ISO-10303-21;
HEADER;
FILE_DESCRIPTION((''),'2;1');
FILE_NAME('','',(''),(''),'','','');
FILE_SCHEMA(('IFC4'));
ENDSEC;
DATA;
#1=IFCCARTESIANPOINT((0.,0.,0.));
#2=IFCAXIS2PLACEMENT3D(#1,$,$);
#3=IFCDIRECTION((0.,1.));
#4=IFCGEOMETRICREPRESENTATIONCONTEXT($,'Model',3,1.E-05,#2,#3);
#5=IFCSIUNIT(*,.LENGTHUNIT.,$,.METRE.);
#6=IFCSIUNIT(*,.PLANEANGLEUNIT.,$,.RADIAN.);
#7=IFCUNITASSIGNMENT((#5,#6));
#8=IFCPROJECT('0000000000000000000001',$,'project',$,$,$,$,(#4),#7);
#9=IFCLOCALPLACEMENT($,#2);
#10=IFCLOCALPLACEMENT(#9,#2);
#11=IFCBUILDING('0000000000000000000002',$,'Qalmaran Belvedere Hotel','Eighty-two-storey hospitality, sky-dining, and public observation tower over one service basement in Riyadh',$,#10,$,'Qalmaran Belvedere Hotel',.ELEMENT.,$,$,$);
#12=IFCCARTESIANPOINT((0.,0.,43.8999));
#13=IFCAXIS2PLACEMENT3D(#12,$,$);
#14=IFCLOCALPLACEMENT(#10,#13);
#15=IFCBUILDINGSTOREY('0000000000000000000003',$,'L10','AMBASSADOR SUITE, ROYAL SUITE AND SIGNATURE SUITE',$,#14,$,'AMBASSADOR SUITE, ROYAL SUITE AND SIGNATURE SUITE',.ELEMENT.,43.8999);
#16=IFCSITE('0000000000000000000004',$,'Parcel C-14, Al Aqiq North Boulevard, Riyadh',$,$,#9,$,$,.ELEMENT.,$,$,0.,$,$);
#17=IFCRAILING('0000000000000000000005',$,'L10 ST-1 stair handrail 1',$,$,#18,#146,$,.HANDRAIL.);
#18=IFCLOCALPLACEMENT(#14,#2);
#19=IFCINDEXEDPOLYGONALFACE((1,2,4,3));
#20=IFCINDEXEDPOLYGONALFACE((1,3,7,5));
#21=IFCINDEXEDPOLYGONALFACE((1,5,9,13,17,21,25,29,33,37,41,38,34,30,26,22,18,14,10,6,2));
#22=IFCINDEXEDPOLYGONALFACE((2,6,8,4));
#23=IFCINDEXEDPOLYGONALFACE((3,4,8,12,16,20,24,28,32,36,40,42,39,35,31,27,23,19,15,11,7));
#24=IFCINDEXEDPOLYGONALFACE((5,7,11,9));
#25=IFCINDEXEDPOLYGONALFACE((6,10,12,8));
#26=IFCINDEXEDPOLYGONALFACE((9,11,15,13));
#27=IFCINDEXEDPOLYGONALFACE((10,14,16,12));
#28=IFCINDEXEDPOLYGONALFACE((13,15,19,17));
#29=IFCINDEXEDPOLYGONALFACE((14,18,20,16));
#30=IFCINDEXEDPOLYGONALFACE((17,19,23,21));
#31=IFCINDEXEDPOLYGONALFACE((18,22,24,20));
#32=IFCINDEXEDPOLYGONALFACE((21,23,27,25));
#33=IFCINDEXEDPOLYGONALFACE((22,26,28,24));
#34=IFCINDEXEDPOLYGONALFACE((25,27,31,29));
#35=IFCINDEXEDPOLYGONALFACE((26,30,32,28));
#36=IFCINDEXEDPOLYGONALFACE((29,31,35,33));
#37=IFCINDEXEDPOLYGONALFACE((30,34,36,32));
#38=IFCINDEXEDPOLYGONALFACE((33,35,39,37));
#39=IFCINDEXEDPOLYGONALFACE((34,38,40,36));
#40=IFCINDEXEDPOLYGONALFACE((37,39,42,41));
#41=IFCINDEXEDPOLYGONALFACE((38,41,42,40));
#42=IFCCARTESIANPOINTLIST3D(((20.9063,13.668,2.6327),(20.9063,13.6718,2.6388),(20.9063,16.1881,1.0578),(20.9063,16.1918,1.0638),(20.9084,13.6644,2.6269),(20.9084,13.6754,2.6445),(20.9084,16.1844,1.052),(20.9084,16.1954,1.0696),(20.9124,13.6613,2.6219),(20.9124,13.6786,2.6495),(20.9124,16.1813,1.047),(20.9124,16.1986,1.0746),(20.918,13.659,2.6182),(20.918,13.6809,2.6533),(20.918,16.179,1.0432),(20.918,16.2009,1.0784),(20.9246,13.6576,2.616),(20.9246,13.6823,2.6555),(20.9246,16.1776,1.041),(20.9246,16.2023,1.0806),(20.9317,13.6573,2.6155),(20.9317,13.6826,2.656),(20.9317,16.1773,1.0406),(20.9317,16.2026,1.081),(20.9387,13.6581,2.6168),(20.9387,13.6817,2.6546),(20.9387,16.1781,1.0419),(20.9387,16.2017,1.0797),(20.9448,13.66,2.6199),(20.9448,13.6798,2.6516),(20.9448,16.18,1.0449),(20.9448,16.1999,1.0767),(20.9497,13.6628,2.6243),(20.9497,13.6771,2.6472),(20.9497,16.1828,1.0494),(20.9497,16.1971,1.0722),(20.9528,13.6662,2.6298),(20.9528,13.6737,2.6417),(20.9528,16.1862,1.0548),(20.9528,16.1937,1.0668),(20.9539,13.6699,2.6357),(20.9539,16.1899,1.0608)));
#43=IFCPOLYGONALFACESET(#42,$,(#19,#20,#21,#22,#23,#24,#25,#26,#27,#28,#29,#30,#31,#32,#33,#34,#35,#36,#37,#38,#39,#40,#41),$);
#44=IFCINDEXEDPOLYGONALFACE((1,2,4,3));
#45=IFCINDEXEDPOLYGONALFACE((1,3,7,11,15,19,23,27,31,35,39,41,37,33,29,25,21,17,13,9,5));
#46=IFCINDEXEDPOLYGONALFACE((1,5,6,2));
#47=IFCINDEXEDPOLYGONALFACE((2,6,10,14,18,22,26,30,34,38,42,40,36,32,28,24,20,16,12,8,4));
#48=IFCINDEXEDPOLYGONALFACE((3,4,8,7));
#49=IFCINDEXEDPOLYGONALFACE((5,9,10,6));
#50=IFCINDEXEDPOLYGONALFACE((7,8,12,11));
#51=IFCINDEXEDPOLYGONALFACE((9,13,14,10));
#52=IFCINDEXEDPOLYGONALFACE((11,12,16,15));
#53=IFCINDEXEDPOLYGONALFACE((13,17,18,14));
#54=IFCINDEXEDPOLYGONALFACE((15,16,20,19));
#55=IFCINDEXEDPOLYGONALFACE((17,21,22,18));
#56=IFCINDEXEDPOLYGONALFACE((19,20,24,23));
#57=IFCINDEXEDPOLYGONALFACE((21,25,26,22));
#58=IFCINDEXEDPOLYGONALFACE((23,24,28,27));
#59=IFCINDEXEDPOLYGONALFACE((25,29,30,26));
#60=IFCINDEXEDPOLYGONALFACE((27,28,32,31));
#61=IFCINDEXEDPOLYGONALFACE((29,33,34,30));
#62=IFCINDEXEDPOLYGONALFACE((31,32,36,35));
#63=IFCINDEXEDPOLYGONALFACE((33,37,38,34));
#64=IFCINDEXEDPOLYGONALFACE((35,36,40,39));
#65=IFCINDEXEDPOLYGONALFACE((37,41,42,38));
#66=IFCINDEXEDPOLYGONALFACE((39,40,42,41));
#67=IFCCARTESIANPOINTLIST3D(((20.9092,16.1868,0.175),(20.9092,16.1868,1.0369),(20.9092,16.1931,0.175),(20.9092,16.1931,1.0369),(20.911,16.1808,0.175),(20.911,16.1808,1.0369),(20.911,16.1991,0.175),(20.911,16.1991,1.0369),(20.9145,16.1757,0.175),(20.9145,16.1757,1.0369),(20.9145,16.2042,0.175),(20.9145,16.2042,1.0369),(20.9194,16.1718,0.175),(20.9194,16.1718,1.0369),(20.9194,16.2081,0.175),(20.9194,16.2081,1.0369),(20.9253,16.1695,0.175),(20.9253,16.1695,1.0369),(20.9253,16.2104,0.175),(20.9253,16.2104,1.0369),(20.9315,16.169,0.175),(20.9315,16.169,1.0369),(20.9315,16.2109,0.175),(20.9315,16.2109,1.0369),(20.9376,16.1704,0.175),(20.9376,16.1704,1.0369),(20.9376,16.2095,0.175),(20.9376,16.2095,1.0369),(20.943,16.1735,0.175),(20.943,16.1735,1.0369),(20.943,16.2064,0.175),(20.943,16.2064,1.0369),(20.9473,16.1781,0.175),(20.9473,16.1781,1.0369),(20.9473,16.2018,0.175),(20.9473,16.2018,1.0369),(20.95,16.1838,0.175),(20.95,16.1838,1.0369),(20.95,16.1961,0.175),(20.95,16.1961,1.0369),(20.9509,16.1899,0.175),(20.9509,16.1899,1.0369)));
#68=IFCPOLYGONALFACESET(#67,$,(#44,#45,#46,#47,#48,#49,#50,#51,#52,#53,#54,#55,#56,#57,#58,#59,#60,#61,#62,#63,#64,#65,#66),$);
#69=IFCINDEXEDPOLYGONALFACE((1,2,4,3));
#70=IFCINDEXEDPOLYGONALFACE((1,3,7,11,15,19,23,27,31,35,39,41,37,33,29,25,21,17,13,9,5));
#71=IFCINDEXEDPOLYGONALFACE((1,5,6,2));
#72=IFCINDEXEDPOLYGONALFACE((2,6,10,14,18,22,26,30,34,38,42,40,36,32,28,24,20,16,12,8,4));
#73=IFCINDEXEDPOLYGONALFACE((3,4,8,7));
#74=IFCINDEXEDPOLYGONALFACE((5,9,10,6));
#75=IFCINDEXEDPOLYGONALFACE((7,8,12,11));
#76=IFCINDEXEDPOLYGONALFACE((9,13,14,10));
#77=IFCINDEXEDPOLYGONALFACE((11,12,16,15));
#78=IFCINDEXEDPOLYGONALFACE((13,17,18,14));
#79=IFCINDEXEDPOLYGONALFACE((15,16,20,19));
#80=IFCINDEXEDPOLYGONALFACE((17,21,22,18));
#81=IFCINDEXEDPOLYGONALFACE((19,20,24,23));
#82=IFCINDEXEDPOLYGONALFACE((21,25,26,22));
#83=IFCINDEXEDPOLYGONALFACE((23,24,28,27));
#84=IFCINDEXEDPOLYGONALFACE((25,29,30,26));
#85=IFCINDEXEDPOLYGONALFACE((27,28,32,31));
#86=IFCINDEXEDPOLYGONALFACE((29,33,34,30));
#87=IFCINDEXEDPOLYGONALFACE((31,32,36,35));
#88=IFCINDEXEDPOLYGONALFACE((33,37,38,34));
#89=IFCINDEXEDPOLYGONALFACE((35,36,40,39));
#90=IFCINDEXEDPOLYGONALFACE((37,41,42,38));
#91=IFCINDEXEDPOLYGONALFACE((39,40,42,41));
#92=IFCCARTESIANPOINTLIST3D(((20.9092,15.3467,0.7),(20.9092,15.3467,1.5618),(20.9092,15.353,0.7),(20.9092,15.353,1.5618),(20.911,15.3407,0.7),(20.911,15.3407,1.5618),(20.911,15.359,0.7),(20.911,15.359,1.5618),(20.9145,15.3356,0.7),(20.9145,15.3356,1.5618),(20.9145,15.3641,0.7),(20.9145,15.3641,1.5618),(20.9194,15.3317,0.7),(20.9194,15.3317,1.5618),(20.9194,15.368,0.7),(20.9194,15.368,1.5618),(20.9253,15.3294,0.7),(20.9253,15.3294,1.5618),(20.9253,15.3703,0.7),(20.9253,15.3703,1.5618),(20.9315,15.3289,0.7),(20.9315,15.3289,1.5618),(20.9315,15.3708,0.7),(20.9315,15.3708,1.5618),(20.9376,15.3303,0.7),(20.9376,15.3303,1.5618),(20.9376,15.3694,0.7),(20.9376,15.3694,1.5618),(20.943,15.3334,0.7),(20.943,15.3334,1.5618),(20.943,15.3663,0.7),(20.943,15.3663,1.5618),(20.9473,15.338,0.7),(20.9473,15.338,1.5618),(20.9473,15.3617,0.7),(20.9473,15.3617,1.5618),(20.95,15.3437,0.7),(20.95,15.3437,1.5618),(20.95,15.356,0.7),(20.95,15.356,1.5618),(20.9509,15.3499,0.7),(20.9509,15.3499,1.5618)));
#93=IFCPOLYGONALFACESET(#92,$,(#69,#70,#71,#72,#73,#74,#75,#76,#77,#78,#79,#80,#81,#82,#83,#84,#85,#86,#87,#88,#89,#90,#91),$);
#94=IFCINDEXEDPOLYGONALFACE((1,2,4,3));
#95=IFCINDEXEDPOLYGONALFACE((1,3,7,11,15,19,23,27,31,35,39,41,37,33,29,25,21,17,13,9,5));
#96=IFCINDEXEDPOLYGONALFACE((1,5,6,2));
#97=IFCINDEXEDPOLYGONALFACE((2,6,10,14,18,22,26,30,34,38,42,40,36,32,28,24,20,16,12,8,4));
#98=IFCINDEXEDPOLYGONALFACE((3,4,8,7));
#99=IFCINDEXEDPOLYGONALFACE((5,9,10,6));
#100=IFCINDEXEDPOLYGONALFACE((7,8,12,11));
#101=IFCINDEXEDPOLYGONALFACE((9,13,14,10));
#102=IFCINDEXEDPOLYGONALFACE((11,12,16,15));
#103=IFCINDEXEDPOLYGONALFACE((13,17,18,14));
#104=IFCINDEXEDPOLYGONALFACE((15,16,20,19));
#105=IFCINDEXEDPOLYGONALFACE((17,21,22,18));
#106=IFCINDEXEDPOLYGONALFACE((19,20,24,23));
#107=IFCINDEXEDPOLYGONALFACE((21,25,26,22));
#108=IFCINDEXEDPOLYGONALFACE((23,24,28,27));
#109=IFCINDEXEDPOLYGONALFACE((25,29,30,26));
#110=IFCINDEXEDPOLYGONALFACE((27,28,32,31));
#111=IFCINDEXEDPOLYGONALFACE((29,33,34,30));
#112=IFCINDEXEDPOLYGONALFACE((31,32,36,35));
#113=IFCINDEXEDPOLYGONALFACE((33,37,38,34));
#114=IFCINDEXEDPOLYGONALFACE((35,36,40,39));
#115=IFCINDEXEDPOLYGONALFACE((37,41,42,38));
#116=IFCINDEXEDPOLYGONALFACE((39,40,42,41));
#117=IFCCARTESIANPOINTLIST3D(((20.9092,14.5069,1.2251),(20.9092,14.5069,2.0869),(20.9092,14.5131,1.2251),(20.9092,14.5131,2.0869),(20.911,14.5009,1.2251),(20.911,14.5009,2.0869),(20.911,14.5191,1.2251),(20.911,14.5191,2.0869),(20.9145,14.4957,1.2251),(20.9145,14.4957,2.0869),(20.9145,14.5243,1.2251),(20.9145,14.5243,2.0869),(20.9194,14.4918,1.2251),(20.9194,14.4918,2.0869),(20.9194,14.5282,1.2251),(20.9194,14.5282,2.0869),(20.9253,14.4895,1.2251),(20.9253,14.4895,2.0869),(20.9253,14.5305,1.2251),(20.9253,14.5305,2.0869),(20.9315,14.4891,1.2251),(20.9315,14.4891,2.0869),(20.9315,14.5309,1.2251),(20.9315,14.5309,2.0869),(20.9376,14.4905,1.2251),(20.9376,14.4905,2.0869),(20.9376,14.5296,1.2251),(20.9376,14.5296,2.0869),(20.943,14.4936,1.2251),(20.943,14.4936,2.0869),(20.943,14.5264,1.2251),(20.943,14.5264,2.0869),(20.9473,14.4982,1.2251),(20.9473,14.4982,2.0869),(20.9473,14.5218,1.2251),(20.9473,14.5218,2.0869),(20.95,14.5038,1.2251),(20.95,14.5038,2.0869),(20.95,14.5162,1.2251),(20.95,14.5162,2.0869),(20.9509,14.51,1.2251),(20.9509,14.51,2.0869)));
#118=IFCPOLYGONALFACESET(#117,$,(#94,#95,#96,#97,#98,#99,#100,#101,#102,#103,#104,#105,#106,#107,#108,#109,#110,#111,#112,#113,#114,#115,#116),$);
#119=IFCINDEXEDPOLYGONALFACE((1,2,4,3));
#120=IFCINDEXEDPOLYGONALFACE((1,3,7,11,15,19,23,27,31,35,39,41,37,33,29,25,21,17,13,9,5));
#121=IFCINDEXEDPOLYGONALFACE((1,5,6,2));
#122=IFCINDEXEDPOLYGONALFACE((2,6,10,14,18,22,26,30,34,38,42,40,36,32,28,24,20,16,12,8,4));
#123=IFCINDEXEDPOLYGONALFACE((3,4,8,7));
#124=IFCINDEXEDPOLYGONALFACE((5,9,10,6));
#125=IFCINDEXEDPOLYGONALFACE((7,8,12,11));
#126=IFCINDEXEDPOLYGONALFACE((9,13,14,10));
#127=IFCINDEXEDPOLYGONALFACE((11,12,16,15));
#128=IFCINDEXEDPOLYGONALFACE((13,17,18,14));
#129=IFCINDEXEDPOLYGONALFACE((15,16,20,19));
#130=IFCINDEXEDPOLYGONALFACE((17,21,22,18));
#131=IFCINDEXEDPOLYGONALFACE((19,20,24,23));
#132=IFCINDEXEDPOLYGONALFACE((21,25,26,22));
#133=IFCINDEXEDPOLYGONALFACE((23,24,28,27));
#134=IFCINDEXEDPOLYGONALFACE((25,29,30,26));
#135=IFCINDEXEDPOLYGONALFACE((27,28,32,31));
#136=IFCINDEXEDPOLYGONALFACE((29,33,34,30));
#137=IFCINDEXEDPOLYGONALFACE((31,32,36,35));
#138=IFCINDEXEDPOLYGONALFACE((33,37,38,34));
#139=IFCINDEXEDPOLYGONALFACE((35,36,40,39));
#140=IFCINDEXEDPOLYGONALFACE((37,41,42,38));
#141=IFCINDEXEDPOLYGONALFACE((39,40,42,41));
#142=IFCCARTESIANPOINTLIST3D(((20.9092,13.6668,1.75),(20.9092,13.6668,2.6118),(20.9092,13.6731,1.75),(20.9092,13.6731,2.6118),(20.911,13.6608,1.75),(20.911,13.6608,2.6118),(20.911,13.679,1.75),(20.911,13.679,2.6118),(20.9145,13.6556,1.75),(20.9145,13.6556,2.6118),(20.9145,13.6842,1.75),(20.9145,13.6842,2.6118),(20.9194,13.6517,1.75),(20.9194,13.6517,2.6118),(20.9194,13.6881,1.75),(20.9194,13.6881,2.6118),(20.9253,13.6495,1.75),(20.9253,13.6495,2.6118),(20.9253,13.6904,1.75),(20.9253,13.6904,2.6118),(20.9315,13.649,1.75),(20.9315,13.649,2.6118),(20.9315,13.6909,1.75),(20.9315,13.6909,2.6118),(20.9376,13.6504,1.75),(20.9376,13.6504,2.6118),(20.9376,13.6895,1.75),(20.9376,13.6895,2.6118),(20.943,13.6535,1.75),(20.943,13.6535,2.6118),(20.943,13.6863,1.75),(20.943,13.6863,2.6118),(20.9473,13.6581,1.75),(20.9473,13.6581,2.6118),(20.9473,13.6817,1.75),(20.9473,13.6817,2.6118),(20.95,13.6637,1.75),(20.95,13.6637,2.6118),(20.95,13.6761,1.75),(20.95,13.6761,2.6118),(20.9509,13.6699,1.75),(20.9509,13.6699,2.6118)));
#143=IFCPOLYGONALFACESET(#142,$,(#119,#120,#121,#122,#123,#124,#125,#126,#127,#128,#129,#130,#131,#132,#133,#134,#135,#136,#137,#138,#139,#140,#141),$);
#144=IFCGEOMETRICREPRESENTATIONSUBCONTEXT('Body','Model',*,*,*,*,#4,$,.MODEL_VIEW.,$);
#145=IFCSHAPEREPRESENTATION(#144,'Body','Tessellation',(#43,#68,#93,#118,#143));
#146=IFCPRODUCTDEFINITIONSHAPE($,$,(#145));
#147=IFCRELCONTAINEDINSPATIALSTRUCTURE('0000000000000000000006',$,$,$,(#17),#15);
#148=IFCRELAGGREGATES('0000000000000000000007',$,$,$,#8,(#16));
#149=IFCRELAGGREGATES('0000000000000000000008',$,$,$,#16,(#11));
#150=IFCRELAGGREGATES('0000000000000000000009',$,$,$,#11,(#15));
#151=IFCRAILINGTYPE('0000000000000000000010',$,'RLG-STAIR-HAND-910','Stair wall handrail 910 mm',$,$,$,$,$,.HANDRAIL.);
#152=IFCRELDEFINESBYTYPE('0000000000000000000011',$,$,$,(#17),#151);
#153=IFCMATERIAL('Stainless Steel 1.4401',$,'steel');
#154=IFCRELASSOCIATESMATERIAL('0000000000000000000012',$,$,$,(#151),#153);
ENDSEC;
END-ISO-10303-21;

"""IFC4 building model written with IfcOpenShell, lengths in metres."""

from ifc_helpers import new_model, si_unit, direction, frame, origin, origin_2d, place, context, subcontext, project, spatial, circle, extrude, material, type_object, element, save


model = new_model("IFC4")

# Units and contexts
model_context = context("Model", 3, precision=1e-05, world=origin(), true_north=direction((0.0, 1.0)))
body_context = subcontext(model_context, "Body", "Model", "MODEL_VIEW")
ifc_project = project(units=[si_unit("LENGTHUNIT", "METRE"), si_unit("PLANEANGLEUNIT", "RADIAN")], contexts=[model_context])

# Site, building, storey
site_placement = place(None, origin())
site = spatial("IfcSite", under=ifc_project, at=site_placement, Name="Parcel C-14, Al Aqiq North Boulevard, Riyadh", CompositionType="ELEMENT", RefElevation=0.0)
building_placement = place(site_placement, origin())
building = spatial("IfcBuilding", under=site, at=building_placement, Name="Qalmaran Belvedere Hotel", Description="Eighty-two-storey hospitality, sky-dining, and public observation tower over one service basement in Riyadh", LongName="Qalmaran Belvedere Hotel", CompositionType="ELEMENT")
storey_placement = place(building_placement, frame((0.0, 0.0, 43.8999)))
storey = spatial("IfcBuildingStorey", under=building, at=storey_placement, Name="L10", Description="AMBASSADOR SUITE, ROYAL SUITE AND SIGNATURE SUITE", LongName="AMBASSADOR SUITE, ROYAL SUITE AND SIGNATURE SUITE", CompositionType="ELEMENT", Elevation=43.8999)

# Shared definitions
ifc_material_1 = material(Name="Stainless Steel 1.4401", Category="steel")

# Railing
railing_type_1 = type_object("IfcRailingType", Name="RLG-STAIR-HAND-910", Description="Stair wall handrail 910 mm", PredefinedType="HANDRAIL", material=ifc_material_1)
railing_1_placement = place(storey_placement, frame((20.9299, 16.1899, 0.175)))
element("IfcRailing", 1, at=railing_1_placement, inside=storey, type_object=railing_type_1, Name="L10 ST-1 stair handrail 1", PredefinedType="HANDRAIL", context=body_context, shape_type="SweptSolid", body=[
    extrude(circle(Radius=0.0239, at=origin_2d()), frame((0.0, 0.0, 0.8857), z_axis=(0.0, -0.848008, 0.529984), x_axis=(1.0, 0.0, 0.0)), (0.0, 0.0, 1.0), 2.9717),
    extrude(circle(Radius=0.021, at=origin_2d()), origin(), (0.0, 0.0, 1.0), 0.8618),
    extrude(circle(Radius=0.021, at=origin_2d()), frame((0.0, -0.8401, 0.5249)), (0.0, 0.0, 1.0), 0.8618),
    extrude(circle(Radius=0.021, at=origin_2d()), frame((0.0, -1.6799, 1.05)), (0.0, 0.0, 1.0), 0.8618),
    extrude(circle(Radius=0.021, at=origin_2d()), frame((0.0, -2.52, 1.575)), (0.0, 0.0, 1.0), 0.8618),
])

save(model, "model.ifc")
